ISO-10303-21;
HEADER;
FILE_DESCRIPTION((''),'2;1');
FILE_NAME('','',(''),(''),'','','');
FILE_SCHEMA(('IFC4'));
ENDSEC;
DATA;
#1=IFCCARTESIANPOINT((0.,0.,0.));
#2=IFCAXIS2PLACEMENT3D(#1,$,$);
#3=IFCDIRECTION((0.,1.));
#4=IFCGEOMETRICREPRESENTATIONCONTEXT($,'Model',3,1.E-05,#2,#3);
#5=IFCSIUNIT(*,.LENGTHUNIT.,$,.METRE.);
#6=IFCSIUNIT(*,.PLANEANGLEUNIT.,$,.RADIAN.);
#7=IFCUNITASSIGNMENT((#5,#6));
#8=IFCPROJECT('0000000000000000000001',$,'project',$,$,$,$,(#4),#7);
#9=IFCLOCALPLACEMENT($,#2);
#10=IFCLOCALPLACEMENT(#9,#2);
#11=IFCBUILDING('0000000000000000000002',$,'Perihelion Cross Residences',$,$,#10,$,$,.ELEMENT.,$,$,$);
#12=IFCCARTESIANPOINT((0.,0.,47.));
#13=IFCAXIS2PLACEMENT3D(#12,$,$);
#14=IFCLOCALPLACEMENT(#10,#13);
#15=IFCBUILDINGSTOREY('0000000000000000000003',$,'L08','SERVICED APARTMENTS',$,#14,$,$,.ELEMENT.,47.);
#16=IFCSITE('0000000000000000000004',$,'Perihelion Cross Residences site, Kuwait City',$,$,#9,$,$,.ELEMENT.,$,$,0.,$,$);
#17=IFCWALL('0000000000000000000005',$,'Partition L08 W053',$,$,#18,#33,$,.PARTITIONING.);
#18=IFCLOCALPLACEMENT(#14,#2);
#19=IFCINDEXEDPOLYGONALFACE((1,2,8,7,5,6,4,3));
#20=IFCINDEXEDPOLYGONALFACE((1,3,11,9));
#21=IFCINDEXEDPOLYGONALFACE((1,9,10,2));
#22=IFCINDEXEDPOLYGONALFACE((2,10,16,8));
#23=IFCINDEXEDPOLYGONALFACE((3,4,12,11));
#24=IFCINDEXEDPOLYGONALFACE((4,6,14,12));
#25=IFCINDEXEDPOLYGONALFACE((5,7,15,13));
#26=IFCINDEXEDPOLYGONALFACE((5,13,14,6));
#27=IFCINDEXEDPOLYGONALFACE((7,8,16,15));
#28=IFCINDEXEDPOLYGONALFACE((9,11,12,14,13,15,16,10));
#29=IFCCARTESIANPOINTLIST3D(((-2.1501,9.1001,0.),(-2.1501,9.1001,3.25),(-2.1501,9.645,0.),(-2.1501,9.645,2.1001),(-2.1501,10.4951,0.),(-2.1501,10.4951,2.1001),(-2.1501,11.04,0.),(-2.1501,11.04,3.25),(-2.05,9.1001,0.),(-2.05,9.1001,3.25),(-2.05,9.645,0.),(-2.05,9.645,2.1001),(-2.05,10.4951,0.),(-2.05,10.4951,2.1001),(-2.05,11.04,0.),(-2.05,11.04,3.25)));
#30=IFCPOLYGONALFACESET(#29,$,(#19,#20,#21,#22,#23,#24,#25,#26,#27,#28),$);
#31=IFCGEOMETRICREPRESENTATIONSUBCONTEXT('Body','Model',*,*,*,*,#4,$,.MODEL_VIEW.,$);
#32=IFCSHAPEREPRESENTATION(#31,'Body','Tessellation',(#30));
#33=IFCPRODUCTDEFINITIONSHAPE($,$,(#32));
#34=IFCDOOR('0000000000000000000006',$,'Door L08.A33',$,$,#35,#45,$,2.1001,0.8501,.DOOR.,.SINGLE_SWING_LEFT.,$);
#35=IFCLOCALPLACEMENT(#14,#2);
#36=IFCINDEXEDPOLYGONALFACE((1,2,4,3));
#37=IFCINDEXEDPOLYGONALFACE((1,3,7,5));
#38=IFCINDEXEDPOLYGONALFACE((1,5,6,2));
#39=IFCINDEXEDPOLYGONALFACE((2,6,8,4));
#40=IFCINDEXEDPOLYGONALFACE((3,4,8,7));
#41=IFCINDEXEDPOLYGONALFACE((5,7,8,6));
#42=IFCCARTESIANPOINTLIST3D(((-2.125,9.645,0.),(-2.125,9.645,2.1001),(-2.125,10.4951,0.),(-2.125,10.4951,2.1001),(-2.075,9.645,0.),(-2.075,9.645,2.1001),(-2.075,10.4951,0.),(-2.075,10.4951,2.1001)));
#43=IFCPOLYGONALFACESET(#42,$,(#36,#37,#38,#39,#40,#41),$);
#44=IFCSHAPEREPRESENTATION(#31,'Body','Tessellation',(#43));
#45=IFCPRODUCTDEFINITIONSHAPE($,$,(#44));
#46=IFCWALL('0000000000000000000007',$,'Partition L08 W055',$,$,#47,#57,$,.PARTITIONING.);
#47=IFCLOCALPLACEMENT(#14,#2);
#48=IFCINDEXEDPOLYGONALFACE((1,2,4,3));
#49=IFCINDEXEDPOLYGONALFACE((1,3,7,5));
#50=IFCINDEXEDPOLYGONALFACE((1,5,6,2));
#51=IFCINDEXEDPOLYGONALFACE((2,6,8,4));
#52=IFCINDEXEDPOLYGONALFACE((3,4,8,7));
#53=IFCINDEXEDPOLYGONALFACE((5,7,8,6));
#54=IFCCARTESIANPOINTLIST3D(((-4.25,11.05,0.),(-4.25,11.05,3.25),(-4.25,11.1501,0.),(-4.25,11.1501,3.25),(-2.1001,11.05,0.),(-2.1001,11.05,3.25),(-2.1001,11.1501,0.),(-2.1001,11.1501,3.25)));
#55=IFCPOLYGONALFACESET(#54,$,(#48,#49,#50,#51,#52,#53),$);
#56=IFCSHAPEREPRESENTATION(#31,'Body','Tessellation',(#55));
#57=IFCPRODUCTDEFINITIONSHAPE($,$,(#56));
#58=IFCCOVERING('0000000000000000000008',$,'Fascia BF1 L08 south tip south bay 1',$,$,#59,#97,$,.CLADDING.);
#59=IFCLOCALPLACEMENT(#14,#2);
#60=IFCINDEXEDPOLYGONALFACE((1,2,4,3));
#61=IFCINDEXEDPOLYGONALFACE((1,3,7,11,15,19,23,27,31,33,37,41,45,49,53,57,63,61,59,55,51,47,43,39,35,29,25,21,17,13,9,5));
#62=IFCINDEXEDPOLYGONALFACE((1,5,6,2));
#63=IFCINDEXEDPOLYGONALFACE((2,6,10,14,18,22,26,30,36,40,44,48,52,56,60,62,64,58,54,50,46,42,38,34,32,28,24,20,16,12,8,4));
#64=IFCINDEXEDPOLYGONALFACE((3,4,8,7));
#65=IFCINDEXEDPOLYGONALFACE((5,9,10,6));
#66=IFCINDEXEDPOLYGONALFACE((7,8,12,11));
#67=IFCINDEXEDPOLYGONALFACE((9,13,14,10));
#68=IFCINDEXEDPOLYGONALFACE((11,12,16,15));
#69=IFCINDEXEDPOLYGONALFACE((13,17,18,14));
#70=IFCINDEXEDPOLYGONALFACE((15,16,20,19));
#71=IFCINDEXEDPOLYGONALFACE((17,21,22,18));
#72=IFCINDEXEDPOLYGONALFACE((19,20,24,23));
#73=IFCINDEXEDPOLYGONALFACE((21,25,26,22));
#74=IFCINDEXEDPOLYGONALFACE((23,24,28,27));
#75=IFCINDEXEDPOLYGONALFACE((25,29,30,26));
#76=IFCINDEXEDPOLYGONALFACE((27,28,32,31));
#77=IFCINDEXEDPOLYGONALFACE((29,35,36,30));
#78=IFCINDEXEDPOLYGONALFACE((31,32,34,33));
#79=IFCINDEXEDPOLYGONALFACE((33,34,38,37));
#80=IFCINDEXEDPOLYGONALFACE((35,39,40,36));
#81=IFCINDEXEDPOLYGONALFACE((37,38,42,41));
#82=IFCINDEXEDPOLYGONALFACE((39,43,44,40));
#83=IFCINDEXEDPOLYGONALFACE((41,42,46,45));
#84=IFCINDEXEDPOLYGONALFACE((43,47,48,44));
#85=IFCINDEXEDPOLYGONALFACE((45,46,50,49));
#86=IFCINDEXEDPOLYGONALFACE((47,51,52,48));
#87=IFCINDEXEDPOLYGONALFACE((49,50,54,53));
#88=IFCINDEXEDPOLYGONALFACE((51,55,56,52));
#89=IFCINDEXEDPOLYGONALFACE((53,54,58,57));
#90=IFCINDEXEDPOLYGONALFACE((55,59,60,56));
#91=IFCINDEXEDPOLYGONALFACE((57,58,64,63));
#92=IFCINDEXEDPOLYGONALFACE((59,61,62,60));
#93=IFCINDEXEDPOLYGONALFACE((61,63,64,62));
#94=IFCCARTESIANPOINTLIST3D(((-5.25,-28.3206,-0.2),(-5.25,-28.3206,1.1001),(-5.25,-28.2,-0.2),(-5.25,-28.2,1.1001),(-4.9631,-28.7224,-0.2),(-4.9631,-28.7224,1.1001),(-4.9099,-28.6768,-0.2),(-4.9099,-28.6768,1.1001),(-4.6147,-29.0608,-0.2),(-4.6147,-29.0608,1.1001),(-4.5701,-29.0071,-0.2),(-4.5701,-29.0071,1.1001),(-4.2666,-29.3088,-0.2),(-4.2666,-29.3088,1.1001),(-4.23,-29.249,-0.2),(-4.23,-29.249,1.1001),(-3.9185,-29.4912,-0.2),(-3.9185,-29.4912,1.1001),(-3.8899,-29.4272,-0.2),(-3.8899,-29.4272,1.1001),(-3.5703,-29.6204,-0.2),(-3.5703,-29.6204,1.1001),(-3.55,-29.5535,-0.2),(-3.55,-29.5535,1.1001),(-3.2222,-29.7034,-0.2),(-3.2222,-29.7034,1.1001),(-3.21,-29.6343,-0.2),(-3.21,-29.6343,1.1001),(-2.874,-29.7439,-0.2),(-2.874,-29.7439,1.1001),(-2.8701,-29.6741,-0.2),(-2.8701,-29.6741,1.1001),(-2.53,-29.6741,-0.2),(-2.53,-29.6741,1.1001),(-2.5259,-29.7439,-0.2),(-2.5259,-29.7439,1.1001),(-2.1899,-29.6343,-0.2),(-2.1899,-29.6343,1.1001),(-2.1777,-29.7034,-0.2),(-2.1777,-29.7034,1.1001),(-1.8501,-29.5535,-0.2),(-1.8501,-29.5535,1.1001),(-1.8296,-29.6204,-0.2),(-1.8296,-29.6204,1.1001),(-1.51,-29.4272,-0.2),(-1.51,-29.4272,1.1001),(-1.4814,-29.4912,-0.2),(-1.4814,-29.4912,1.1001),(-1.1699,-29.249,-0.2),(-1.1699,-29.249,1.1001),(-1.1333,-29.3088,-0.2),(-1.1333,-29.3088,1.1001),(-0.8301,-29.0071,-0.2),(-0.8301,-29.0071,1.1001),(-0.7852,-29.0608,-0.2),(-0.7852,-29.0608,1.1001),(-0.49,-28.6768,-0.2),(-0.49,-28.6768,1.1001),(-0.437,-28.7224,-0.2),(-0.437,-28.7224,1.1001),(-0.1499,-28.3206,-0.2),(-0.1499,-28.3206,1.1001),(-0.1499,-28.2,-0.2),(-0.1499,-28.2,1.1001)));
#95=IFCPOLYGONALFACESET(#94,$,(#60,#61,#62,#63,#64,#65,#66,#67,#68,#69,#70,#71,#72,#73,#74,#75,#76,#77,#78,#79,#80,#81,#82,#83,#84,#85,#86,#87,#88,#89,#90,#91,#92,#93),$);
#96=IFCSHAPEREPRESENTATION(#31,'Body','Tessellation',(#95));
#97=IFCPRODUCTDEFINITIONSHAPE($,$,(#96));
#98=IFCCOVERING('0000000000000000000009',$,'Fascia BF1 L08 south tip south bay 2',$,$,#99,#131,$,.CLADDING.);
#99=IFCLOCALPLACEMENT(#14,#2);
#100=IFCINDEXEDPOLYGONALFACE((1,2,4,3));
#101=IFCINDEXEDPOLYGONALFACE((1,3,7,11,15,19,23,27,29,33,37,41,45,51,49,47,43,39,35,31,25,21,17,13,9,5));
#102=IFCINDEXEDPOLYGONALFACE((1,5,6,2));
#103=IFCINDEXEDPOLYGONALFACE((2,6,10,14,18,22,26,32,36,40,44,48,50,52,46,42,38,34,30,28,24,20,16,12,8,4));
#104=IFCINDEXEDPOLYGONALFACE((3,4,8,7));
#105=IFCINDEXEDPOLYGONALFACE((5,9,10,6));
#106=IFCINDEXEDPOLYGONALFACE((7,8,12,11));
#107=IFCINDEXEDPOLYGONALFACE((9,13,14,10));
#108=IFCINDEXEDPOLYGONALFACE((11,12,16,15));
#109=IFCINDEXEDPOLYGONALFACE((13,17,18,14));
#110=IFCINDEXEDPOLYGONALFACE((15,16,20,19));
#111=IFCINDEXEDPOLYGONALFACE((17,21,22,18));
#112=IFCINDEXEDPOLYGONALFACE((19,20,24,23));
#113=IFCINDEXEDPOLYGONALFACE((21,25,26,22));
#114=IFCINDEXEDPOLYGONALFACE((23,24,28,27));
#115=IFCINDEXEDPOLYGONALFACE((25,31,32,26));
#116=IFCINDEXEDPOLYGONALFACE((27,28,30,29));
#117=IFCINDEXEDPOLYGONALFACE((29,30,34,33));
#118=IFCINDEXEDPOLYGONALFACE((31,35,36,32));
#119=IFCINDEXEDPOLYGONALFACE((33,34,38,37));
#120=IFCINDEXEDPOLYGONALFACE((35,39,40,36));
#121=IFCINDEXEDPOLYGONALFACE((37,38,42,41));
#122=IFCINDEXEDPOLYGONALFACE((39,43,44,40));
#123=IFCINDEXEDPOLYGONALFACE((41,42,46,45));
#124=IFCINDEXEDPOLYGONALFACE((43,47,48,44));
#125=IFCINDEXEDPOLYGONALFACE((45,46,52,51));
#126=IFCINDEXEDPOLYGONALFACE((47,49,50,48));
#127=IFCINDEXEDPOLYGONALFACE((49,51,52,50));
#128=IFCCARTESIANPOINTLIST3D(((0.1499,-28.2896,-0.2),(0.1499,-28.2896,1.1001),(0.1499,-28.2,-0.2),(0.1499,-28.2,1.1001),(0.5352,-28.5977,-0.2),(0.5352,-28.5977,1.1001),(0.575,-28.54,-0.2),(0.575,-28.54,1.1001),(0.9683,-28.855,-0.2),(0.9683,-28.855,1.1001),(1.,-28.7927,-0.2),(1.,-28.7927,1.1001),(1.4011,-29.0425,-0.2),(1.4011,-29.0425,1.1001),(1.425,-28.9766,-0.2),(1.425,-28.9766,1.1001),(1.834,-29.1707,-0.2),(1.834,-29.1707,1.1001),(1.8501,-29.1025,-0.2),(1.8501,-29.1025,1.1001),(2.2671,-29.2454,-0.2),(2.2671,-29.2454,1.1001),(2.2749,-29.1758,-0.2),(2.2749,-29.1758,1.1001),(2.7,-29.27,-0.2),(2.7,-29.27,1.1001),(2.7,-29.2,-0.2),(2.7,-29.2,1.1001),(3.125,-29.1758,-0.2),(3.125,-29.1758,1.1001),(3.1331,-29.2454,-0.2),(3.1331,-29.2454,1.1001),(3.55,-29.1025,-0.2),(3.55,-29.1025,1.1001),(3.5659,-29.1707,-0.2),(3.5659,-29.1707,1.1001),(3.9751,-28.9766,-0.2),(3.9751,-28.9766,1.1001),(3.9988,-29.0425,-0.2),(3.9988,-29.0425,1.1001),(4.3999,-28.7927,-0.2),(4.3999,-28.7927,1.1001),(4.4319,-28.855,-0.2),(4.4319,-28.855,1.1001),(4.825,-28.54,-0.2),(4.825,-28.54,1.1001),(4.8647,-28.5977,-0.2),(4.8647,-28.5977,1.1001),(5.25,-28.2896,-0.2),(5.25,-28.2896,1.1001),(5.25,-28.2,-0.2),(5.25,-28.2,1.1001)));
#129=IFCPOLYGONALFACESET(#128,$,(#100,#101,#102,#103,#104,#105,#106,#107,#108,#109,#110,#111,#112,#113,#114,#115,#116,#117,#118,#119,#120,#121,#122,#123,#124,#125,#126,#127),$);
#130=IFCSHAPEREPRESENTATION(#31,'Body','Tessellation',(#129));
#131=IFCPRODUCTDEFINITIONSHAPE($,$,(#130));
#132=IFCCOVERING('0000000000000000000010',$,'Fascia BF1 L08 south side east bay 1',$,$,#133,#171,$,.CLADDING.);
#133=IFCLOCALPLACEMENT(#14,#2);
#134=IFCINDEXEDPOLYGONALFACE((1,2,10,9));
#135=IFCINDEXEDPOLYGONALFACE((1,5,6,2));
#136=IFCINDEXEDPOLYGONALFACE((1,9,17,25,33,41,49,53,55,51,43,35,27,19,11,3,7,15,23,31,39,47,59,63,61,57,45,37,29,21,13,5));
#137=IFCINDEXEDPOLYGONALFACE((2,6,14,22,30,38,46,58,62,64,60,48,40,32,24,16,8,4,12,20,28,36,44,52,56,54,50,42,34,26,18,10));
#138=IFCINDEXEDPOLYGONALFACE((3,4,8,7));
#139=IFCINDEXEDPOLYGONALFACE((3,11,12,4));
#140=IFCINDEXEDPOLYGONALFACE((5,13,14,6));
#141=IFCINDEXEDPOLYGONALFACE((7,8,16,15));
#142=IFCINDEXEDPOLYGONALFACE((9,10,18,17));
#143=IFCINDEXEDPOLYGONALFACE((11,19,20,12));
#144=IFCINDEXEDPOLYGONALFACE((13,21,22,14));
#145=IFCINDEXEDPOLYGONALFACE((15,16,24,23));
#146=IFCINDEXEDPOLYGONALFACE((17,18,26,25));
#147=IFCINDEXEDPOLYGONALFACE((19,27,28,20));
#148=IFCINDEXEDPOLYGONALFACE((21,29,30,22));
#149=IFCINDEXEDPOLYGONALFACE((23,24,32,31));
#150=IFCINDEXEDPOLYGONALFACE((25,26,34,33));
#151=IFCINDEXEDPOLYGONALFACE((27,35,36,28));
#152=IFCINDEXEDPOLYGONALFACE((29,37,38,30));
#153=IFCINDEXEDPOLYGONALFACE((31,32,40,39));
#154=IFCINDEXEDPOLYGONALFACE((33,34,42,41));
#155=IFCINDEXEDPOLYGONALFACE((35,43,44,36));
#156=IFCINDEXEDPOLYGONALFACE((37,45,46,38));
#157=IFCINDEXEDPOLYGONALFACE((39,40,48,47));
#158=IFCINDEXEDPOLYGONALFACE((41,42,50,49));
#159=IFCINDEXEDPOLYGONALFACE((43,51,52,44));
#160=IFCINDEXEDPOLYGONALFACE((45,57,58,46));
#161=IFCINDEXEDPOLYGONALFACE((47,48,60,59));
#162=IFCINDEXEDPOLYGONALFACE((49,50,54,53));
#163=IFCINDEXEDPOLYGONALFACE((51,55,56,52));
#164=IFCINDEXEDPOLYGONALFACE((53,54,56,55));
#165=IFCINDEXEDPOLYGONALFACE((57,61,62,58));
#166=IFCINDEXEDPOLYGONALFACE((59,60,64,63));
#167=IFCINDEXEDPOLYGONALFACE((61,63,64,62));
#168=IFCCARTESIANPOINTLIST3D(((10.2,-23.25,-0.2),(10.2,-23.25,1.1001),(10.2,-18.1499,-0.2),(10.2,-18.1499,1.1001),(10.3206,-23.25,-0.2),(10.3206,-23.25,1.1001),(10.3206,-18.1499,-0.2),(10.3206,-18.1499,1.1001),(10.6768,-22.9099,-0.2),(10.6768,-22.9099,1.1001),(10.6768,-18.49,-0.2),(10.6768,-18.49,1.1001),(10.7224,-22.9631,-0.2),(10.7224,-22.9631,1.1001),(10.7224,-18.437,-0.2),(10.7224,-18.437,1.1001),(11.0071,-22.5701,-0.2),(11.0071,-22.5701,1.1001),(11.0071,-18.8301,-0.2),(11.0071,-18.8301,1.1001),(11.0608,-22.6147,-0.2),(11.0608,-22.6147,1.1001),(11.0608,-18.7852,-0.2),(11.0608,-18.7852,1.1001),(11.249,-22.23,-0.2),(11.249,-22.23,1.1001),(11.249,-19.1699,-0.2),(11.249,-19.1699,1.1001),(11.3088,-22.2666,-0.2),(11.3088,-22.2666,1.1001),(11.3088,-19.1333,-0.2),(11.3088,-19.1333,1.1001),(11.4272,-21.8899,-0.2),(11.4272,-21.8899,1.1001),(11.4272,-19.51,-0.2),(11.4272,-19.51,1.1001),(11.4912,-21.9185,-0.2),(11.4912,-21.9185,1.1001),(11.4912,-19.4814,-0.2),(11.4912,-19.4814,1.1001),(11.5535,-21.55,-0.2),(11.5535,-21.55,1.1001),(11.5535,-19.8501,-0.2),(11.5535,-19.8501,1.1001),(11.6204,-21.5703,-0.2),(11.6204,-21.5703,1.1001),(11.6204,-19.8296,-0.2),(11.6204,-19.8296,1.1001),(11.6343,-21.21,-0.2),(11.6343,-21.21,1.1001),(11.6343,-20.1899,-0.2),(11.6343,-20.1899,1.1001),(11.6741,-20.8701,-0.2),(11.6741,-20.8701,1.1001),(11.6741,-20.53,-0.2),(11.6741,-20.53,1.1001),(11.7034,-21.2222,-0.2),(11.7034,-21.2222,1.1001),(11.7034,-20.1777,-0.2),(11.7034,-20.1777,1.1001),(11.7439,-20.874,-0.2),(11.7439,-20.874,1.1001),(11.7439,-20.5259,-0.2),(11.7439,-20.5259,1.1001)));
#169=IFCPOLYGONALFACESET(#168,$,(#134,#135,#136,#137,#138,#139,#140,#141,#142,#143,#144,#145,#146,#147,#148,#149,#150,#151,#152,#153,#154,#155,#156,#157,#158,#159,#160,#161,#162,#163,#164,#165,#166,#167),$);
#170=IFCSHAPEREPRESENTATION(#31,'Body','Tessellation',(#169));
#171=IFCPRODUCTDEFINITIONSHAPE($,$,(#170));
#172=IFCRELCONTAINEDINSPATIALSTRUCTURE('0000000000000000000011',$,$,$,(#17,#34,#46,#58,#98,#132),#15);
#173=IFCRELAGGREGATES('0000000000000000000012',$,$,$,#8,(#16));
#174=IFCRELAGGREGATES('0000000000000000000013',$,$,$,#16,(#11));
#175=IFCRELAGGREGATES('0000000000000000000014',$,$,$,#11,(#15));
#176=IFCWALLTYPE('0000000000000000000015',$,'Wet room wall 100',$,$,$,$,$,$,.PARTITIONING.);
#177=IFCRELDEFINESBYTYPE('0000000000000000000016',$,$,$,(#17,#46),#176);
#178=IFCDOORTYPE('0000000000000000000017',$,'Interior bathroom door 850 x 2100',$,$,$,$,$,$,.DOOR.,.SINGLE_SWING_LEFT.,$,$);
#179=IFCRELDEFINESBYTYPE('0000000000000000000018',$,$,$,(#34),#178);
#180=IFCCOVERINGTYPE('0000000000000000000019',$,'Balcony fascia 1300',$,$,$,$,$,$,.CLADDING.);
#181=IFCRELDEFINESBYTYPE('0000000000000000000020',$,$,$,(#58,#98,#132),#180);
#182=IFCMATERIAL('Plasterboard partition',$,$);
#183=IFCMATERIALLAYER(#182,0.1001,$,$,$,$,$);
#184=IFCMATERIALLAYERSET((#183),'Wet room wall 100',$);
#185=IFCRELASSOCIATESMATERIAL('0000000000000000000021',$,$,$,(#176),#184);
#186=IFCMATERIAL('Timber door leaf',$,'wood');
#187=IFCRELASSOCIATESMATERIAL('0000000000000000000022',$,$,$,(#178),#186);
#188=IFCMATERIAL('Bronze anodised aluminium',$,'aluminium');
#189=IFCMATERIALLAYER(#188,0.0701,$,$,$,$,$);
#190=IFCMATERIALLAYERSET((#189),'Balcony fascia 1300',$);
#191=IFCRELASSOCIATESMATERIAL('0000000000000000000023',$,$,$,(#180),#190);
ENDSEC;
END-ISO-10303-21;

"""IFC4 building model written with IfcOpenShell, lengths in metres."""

from ifc_helpers import new_model, si_unit, direction, frame, frame_2d, origin, place, context, subcontext, project, spatial, polyline, rectangle, outline, extrude, material, layer, layer_set, type_object, element, fill, save


model = new_model("IFC4")

# Units and contexts
model_context = context("Model", 3, precision=1e-05, world=origin(), true_north=direction((0.0, 1.0)))
body_context = subcontext(model_context, "Body", "Model", "MODEL_VIEW")
ifc_project = project(units=[si_unit("LENGTHUNIT", "METRE"), si_unit("PLANEANGLEUNIT", "RADIAN")], contexts=[model_context])

# Site, building, storey
site_placement = place(None, origin())
site = spatial("IfcSite", under=ifc_project, at=site_placement, Name="Perihelion Cross Residences site, Kuwait City", CompositionType="ELEMENT", RefElevation=0.0)
building_placement = place(site_placement, origin())
building = spatial("IfcBuilding", under=site, at=building_placement, Name="Perihelion Cross Residences", CompositionType="ELEMENT")
storey_placement = place(building_placement, frame((0.0, 0.0, 47.0)))
storey = spatial("IfcBuildingStorey", under=building, at=storey_placement, Name="L08", Description="SERVICED APARTMENTS", CompositionType="ELEMENT", Elevation=47.0)

# Shared definitions
ifc_material_1 = material(Name="Plasterboard partition")
ifc_layer_1 = layer(ifc_material_1, 0.1001)
ifc_layer_set_1 = layer_set([ifc_layer_1], Name="Wet room wall 100")
wall_type_1 = type_object("IfcWallType", Name="Wet room wall 100", PredefinedType="PARTITIONING", material=ifc_layer_set_1)
ifc_material_2 = material(Name="Timber door leaf", Category="wood")
door_type_1 = type_object("IfcDoorType", Name="Interior bathroom door 850 x 2100", OperationType="SINGLE_SWING_LEFT", PredefinedType="DOOR", material=ifc_material_2)

# Wall, opening, door
wall_1_placement = place(storey_placement, frame((-2.1001, 9.1001, 0.0), z_axis=(0.0, 0.0, 1.0), x_axis=(0.0, 1.0, 0.0)))
wall_1 = element("IfcWall", 1, at=wall_1_placement, inside=storey, type_object=wall_type_1, Name="Partition L08 W053", PredefinedType="PARTITIONING", context=body_context, shape_type="SweptSolid", body=[
    extrude(rectangle(XDim=1.9399, YDim=0.1001, at=frame_2d((0.97, 0.0))), origin(), (0.0, 0.0, 1.0), 3.25),
])
opening_1_placement = place(wall_1_placement, frame((0.5449, 0.0, 0.0)))
opening_1 = element("IfcOpeningElement", 2, at=opening_1_placement, cuts=wall_1, PredefinedType="OPENING", context=body_context, shape_type="SweptSolid", body=[
    extrude(rectangle(XDim=0.8501, YDim=2.1001, at=frame_2d((0.425, 1.05))), frame((0.0, 0.0601, 0.0), z_axis=(0.0, -1.0, 0.0), x_axis=(1.0, 0.0, 0.0)), (0.0, 0.0, 1.0), 0.1201),
])
door_1_placement = place(opening_1_placement, origin())
door_1 = element("IfcDoor", 3, at=door_1_placement, inside=storey, type_object=door_type_1, Name="Door L08.A33", OperationType="SINGLE_SWING_LEFT", OverallHeight=2.1001, OverallWidth=0.8501, PredefinedType="DOOR", context=body_context, shape_type="SweptSolid", body=[
    extrude(rectangle(XDim=0.8501, YDim=2.1001, at=frame_2d((0.425, 1.05))), frame((0.0, 0.0249, 0.0), z_axis=(0.0, -1.0, 0.0), x_axis=(1.0, 0.0, 0.0)), (0.0, 0.0, 1.0), 0.05),
])
fill(opening_1, door_1)

# Wall
wall_2_placement = place(storey_placement, frame((-4.25, 11.1001, 0.0), z_axis=(0.0, 0.0, 1.0), x_axis=(1.0, 0.0, 0.0)))
element("IfcWall", 4, at=wall_2_placement, inside=storey, type_object=wall_type_1, Name="Partition L08 W055", PredefinedType="PARTITIONING", context=body_context, shape_type="SweptSolid", body=[
    extrude(rectangle(XDim=2.1499, YDim=0.1001, at=frame_2d((1.075, 0.0))), origin(), (0.0, 0.0, 1.0), 3.25),
])

# Coverings
ifc_material_3 = material(Name="Bronze anodised aluminium", Category="aluminium")
ifc_layer_2 = layer(ifc_material_3, 0.0701)
ifc_layer_set_2 = layer_set([ifc_layer_2], Name="Balcony fascia 1300")
covering_type_1 = type_object("IfcCoveringType", Name="Balcony fascia 1300", PredefinedType="CLADDING", material=ifc_layer_set_2)
covering_1_placement = place(storey_placement, frame((0.0, 0.0, -0.2)))
element("IfcCovering", 5, at=covering_1_placement, inside=storey, type_object=covering_type_1, Name="Fascia BF1 L08 south tip south bay 1", PredefinedType="CLADDING", context=body_context, shape_type="SweptSolid", body=[
    extrude(outline(polyline([(-4.9631, -28.7224), (-4.6147, -29.0608), (-4.2666, -29.3088), (-3.9185, -29.4912), (-3.5703, -29.6204), (-3.2222, -29.7034), (-2.874, -29.7439), (-2.5259, -29.7439), (-2.1777, -29.7034), (-1.8296, -29.6204), (-1.4814, -29.4912), (-1.1333, -29.3088), (-0.7852, -29.0608), (-0.437, -28.7224), (-0.1499, -28.3206), (-0.1499, -28.2), (-0.49, -28.6768), (-0.8301, -29.0071), (-1.1699, -29.249), (-1.51, -29.4272), (-1.8501, -29.5535), (-2.1899, -29.6343), (-2.53, -29.6741), (-2.8701, -29.6741), (-3.21, -29.6343), (-3.55, -29.5535), (-3.8899, -29.4272), (-4.23, -29.249), (-4.5701, -29.0071), (-4.9099, -28.6768), (-5.25, -28.2), (-5.25, -28.3206), (-4.9631, -28.7224)])), origin(), (0.0, 0.0, 1.0), 1.3),
])
covering_2_placement = place(storey_placement, frame((0.0, 0.0, -0.2)))
element("IfcCovering", 6, at=covering_2_placement, inside=storey, type_object=covering_type_1, Name="Fascia BF1 L08 south tip south bay 2", PredefinedType="CLADDING", context=body_context, shape_type="SweptSolid", body=[
    extrude(outline(polyline([(0.5352, -28.5977), (0.9683, -28.855), (1.4011, -29.0425), (1.834, -29.1707), (2.2671, -29.2454), (2.7, -29.27), (3.1331, -29.2454), (3.5659, -29.1707), (3.9988, -29.0425), (4.4319, -28.855), (4.8647, -28.5977), (5.25, -28.2896), (5.25, -28.2), (4.825, -28.54), (4.3999, -28.7927), (3.9751, -28.9766), (3.55, -29.1025), (3.125, -29.1758), (2.7, -29.2), (2.2749, -29.1758), (1.8501, -29.1025), (1.425, -28.9766), (1.0, -28.7927), (0.575, -28.54), (0.1499, -28.2), (0.1499, -28.2896), (0.5352, -28.5977)])), origin(), (0.0, 0.0, 1.0), 1.3),
])
covering_3_placement = place(storey_placement, frame((0.0, 0.0, -0.2)))
element("IfcCovering", 7, at=covering_3_placement, inside=storey, type_object=covering_type_1, Name="Fascia BF1 L08 south side east bay 1", PredefinedType="CLADDING", context=body_context, shape_type="SweptSolid", body=[
    extrude(outline(polyline([(10.7224, -22.9631), (11.0608, -22.6147), (11.3088, -22.2666), (11.4912, -21.9185), (11.6204, -21.5703), (11.7034, -21.2222), (11.7439, -20.874), (11.7439, -20.5259), (11.7034, -20.1777), (11.6204, -19.8296), (11.4912, -19.4814), (11.3088, -19.1333), (11.0608, -18.7852), (10.7224, -18.437), (10.3206, -18.1499), (10.2, -18.1499), (10.6768, -18.49), (11.0071, -18.8301), (11.249, -19.1699), (11.4272, -19.51), (11.5535, -19.8501), (11.6343, -20.1899), (11.6741, -20.53), (11.6741, -20.8701), (11.6343, -21.21), (11.5535, -21.55), (11.4272, -21.8899), (11.249, -22.23), (11.0071, -22.5701), (10.6768, -22.9099), (10.2, -23.25), (10.3206, -23.25), (10.7224, -22.9631)])), origin(), (0.0, 0.0, 1.0), 1.3),
])

save(model, "model.ifc")
